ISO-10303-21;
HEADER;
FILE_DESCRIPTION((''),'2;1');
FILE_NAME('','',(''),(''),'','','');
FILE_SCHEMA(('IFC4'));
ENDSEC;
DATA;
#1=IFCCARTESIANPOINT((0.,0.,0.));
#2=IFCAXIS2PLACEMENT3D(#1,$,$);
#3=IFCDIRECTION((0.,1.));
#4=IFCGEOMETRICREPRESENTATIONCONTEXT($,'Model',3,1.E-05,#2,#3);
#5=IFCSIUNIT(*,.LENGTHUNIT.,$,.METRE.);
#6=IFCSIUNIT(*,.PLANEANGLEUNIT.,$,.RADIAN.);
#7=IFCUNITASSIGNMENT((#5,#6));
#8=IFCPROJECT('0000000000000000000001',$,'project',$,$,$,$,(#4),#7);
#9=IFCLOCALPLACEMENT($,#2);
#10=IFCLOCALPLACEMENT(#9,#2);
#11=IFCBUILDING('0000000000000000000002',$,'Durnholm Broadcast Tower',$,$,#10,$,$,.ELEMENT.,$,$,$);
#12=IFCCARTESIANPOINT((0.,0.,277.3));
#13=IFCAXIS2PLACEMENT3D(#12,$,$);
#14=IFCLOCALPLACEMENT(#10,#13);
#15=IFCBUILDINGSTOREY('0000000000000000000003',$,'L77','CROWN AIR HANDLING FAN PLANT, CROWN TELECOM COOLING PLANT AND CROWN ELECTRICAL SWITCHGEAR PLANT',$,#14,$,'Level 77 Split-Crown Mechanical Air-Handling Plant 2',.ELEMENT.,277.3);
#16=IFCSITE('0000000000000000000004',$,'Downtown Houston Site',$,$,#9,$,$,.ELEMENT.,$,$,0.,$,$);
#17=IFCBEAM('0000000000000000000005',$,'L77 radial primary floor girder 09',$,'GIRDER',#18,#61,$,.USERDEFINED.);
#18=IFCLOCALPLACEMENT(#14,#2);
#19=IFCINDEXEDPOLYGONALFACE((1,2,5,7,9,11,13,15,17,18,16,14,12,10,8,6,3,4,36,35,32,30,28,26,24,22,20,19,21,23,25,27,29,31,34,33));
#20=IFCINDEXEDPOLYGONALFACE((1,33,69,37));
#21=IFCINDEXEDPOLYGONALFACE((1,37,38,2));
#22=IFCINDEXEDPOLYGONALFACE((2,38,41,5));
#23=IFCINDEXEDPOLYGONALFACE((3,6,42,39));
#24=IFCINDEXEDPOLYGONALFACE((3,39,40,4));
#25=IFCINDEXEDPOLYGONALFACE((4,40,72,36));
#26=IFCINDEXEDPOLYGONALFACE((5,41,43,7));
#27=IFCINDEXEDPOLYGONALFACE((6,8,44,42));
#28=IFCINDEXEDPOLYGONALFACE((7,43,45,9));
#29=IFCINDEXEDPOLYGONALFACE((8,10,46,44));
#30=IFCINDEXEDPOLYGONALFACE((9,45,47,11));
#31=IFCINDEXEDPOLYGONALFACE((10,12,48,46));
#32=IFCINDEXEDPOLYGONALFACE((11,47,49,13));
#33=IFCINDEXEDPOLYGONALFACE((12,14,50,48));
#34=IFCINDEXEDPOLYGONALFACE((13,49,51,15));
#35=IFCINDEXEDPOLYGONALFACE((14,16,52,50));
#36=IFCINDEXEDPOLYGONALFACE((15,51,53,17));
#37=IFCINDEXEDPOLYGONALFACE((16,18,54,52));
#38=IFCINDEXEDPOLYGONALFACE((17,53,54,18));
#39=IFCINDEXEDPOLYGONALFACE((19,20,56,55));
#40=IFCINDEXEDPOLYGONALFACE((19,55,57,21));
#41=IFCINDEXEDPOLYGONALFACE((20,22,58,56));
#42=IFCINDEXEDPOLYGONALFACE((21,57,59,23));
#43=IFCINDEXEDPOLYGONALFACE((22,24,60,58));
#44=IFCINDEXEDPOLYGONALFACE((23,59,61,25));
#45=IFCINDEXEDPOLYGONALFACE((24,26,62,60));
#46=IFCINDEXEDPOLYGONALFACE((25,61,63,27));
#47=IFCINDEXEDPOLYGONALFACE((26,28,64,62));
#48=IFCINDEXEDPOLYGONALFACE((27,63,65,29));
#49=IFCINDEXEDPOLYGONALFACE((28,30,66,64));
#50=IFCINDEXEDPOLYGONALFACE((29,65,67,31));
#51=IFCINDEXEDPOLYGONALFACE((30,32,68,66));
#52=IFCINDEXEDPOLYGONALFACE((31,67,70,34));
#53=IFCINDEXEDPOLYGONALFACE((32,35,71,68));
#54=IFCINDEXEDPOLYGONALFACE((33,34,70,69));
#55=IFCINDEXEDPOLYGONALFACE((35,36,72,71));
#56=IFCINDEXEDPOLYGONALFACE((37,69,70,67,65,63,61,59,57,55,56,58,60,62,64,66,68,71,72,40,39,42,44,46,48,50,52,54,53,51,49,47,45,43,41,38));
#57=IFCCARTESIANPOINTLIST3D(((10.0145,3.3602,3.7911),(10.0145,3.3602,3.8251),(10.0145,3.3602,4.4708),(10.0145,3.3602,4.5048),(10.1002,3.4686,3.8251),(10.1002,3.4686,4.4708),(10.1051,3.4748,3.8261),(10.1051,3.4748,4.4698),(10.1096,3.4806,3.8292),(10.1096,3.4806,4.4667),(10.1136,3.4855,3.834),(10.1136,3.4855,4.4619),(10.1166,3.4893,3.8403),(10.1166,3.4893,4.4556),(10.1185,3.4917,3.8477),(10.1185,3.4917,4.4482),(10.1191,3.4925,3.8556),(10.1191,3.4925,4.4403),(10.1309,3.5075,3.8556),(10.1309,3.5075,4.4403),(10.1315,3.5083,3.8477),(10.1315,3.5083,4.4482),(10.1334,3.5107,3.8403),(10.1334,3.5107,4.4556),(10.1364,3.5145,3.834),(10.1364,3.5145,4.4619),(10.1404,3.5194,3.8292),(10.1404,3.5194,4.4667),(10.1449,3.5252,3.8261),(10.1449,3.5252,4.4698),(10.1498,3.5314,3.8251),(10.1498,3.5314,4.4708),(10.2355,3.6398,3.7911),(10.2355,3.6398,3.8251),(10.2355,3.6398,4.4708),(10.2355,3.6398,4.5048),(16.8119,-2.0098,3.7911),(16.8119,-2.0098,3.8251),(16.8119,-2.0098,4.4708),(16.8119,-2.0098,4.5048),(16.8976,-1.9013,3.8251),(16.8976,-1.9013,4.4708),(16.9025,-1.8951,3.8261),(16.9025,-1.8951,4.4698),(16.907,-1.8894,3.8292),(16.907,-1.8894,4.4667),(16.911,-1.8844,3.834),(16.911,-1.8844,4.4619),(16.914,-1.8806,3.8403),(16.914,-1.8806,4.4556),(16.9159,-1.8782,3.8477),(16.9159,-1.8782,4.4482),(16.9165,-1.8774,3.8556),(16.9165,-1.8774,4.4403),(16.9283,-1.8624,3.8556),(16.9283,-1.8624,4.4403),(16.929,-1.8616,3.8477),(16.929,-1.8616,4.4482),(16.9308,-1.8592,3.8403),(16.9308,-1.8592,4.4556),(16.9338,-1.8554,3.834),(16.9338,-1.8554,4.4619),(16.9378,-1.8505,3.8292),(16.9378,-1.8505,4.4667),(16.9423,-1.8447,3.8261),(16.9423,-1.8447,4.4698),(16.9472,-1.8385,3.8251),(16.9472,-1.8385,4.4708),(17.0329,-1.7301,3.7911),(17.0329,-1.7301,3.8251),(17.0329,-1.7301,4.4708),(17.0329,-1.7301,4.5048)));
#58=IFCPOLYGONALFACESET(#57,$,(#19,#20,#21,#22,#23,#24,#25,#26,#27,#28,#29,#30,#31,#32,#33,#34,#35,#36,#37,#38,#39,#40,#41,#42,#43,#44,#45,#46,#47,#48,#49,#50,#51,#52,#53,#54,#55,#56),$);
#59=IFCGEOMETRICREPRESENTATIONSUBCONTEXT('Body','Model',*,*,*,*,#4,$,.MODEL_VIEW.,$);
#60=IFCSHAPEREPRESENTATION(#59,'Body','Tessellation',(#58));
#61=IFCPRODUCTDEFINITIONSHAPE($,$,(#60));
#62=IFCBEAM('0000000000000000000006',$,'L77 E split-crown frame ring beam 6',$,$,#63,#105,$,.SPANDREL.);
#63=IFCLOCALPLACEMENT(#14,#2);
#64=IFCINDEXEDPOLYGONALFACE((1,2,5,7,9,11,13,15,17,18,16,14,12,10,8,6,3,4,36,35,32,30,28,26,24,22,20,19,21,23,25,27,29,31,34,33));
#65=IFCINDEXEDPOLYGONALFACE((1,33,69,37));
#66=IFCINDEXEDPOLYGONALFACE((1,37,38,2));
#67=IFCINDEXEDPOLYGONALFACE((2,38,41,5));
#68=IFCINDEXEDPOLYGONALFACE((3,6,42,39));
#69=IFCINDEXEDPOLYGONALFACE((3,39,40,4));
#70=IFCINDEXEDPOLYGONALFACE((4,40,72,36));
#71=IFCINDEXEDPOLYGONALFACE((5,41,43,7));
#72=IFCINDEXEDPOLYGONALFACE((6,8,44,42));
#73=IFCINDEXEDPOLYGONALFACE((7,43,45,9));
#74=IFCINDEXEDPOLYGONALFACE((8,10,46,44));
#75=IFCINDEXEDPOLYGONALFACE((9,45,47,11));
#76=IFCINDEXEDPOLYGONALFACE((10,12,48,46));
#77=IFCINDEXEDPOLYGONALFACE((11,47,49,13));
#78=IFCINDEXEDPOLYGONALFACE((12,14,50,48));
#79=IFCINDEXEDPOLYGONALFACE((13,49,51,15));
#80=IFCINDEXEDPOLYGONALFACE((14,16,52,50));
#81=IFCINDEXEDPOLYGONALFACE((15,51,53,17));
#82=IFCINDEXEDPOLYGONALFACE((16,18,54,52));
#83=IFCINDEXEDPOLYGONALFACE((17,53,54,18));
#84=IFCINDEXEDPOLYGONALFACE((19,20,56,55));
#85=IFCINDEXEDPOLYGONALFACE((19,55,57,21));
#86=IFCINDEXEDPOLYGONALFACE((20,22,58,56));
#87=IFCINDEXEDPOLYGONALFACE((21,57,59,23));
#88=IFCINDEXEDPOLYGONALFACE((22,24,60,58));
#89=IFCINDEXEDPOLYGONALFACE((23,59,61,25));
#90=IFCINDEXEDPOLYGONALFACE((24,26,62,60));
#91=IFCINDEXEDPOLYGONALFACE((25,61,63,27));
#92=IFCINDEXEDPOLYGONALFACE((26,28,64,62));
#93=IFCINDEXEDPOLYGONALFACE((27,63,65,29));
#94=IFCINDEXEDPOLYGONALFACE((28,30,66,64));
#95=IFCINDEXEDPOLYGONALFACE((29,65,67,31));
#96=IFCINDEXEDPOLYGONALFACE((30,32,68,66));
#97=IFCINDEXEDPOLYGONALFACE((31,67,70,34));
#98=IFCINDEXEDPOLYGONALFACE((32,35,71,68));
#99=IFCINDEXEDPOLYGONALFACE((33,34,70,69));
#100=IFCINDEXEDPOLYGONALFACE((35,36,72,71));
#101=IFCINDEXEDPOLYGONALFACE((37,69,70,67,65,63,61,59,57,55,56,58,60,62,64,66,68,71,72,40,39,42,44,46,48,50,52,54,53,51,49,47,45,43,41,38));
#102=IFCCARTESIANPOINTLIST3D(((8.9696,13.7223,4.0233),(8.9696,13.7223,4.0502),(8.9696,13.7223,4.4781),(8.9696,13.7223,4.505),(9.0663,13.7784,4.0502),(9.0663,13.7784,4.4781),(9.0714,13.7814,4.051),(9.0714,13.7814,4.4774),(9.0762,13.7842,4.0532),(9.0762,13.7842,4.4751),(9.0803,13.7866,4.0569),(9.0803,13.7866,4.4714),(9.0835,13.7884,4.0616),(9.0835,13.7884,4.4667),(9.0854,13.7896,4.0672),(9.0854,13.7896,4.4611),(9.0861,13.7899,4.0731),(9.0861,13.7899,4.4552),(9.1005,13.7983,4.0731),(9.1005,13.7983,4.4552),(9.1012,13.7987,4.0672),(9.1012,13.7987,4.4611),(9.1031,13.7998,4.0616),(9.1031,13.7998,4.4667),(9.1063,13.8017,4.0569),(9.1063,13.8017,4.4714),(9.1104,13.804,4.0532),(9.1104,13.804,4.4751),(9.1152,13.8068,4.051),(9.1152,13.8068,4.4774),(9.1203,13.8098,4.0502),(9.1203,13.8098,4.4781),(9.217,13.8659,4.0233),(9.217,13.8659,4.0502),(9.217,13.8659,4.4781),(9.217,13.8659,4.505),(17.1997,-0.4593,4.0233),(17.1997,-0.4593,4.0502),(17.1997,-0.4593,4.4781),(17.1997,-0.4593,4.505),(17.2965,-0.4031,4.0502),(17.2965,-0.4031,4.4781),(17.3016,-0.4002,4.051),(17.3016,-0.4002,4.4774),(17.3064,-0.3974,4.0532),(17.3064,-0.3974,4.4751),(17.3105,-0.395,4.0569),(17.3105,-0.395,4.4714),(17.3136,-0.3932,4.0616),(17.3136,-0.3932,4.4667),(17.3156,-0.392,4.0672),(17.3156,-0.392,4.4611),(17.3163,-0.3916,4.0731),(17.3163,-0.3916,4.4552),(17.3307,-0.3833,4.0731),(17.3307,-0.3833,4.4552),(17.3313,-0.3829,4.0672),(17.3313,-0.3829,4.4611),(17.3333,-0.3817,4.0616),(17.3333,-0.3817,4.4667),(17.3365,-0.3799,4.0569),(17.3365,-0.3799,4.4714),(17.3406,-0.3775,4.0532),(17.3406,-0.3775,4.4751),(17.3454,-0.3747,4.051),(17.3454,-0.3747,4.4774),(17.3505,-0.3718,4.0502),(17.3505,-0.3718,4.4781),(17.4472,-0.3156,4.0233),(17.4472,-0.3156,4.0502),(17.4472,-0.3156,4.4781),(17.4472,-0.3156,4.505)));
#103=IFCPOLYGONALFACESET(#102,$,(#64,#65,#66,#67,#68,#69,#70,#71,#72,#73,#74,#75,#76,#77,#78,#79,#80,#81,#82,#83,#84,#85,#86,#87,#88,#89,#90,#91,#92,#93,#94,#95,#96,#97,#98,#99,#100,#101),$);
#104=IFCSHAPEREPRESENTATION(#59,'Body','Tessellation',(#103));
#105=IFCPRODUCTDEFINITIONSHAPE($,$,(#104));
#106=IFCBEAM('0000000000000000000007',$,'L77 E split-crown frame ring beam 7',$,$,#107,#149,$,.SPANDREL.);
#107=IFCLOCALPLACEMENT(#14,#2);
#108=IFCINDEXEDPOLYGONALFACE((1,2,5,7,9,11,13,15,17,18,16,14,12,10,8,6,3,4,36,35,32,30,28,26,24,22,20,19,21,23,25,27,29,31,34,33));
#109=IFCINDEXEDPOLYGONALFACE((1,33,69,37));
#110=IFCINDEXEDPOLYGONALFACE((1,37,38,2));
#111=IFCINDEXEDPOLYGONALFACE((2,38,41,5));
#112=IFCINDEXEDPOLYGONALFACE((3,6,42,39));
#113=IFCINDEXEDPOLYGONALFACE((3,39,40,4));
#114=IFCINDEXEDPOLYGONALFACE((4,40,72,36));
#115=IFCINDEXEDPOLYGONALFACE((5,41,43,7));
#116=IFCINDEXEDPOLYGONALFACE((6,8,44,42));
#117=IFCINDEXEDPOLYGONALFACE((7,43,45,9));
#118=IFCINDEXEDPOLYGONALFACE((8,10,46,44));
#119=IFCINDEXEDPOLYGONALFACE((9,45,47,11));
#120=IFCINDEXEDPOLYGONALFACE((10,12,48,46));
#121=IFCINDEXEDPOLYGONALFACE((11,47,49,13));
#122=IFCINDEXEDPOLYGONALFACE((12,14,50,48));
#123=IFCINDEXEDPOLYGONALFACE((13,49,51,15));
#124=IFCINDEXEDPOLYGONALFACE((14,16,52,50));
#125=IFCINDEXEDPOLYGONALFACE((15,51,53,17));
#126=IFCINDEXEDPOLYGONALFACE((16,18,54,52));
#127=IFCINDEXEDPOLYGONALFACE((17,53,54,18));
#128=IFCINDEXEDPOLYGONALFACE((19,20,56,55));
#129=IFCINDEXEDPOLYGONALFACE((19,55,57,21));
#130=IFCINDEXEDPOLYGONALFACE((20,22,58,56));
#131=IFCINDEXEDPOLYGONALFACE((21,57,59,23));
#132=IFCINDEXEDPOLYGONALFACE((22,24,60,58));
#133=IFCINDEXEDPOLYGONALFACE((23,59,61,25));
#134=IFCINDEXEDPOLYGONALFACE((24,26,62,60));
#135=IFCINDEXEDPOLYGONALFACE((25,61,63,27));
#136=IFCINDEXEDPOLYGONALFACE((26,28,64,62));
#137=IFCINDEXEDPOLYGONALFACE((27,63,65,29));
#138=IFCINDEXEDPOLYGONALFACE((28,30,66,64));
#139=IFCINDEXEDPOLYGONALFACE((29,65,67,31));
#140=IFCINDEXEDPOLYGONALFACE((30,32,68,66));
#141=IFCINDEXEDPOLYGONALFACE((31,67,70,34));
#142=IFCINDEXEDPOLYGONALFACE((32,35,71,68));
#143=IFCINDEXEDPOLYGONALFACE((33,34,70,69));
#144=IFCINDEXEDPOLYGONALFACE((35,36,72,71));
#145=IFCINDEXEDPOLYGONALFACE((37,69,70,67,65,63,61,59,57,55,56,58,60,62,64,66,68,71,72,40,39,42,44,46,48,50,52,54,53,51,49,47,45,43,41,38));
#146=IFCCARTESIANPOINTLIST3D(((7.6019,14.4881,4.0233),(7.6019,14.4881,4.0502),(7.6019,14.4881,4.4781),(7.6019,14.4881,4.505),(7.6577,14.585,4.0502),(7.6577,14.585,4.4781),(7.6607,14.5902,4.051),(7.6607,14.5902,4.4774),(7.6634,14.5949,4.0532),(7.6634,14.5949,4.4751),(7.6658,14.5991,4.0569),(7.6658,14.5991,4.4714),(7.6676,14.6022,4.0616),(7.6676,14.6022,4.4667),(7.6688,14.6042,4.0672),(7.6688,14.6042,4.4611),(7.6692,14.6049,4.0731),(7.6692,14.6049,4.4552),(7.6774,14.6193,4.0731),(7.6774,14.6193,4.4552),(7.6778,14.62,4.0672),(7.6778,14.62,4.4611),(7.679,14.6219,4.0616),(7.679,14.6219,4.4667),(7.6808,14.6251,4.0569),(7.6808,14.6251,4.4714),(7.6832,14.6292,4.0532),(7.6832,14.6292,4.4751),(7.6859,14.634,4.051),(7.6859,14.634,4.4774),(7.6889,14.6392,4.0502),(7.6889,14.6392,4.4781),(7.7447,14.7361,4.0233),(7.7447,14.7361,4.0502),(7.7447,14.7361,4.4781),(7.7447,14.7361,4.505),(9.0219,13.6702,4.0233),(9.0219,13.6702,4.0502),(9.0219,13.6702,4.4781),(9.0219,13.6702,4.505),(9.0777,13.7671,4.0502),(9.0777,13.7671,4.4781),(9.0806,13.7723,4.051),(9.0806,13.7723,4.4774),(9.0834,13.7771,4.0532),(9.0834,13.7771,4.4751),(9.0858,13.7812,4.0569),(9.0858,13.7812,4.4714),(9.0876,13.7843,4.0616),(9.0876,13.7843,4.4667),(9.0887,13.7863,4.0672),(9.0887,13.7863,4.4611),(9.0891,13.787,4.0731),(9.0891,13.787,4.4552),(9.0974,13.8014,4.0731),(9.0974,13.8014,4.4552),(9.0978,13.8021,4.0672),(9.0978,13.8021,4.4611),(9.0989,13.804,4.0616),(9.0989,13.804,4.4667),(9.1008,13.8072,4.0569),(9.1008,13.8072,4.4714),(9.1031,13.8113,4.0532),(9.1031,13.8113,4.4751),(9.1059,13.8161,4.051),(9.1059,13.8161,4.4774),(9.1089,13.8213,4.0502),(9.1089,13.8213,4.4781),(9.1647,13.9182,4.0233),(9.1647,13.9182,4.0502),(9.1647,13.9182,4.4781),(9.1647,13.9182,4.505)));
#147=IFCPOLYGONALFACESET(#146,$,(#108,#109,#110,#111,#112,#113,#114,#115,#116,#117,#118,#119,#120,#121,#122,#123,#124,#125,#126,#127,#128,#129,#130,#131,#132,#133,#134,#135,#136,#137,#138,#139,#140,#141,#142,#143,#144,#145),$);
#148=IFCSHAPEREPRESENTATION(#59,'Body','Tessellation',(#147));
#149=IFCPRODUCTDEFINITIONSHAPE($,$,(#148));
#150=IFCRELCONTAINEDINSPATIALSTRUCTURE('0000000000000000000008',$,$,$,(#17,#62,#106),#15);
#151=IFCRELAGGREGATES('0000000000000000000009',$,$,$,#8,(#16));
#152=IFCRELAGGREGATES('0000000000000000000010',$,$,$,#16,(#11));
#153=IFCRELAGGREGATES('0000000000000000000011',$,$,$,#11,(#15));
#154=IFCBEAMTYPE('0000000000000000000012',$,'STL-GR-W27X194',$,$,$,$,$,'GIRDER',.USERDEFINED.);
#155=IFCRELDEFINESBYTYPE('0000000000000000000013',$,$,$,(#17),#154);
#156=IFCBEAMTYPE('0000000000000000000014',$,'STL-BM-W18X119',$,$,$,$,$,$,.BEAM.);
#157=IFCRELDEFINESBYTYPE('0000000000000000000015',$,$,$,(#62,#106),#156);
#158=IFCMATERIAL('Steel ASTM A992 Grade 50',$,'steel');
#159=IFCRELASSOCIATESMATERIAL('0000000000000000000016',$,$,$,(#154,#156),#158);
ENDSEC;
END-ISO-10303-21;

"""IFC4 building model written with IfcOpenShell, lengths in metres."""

from ifc_helpers import new_model, si_unit, direction, frame, origin, origin_2d, place, context, subcontext, project, spatial, i_section, extrude, source, transform, mapped, material, material_profile, profile_set, type_object, element, save


model = new_model("IFC4")

# Units and contexts
model_context = context("Model", 3, precision=1e-05, world=origin(), true_north=direction((0.0, 1.0)))
body_context = subcontext(model_context, "Body", "Model", "MODEL_VIEW")
ifc_project = project(units=[si_unit("LENGTHUNIT", "METRE"), si_unit("PLANEANGLEUNIT", "RADIAN")], contexts=[model_context])

# Site, building, storey
site_placement = place(None, origin())
site = spatial("IfcSite", under=ifc_project, at=site_placement, Name="Downtown Houston Site", CompositionType="ELEMENT", RefElevation=0.0)
building_placement = place(site_placement, origin())
building = spatial("IfcBuilding", under=site, at=building_placement, Name="Durnholm Broadcast Tower", CompositionType="ELEMENT")
storey_placement = place(building_placement, frame((0.0, 0.0, 277.3)))
storey = spatial("IfcBuildingStorey", under=building, at=storey_placement, Name="L77", Description="CROWN AIR HANDLING FAN PLANT, CROWN TELECOM COOLING PLANT AND CROWN ELECTRICAL SWITCHGEAR PLANT", LongName="Level 77 Split-Crown Mechanical Air-Handling Plant 2", CompositionType="ELEMENT", Elevation=277.3)

# Beams
ifc_material_1 = material(Name="Steel ASTM A992 Grade 50", Category="steel")
ifc_material_profile_1 = material_profile(ifc_material_1, i_section(OverallWidth=0.3564, OverallDepth=0.7136, WebThickness=0.019, FlangeThickness=0.0339, FilletRadius=0.0305, at=origin_2d()), Name="W27X194")
ifc_profile_set_1 = profile_set([ifc_material_profile_1], Name="Steel ASTM A992 Grade 50")
beam_type_1 = type_object("IfcBeamType", Name="STL-GR-W27X194", ElementType="GIRDER", PredefinedType="USERDEFINED", material=ifc_profile_set_1)
shared_shape_1 = source(origin(), body_context, "Body", "SweptSolid", [
    extrude(i_section(OverallWidth=0.3564, OverallDepth=0.7136, WebThickness=0.019, FlangeThickness=0.0339, FilletRadius=0.0305, at=origin_2d()), origin(), (0.0, 0.0, 1.0), 8.6626),
])
beam_1_placement = place(storey_placement, frame((10.125, 3.5, 4.1479), z_axis=(0.784684, -0.619896, 0.0), x_axis=(0.619896, 0.784684, 0.0)))
element("IfcBeam", 1, at=beam_1_placement, inside=storey, type_object=beam_type_1, Name="L77 radial primary floor girder 09", ObjectType="GIRDER", PredefinedType="USERDEFINED", context=body_context, shape_type="MappedRepresentation", body=[
    mapped(shared_shape_1, transform((0.0, 0.0, 0.0), x_axis=(1.0, 0.0, 0.0), y_axis=(0.0, 1.0, 0.0), z_axis=(0.0, 0.0, 1.0), scale=1.0)),
])
ifc_material_profile_2 = material_profile(ifc_material_1, i_section(OverallWidth=0.2861, OverallDepth=0.4817, WebThickness=0.0166, FlangeThickness=0.0269, FilletRadius=0.0229, at=origin_2d()), Name="W18X119")
ifc_profile_set_2 = profile_set([ifc_material_profile_2], Name="Steel ASTM A992 Grade 50")
beam_type_2 = type_object("IfcBeamType", Name="STL-BM-W18X119", PredefinedType="BEAM", material=ifc_profile_set_2)
shared_shape_2 = source(origin(), body_context, "Body", "SweptSolid", [
    extrude(i_section(OverallWidth=0.2861, OverallDepth=0.4817, WebThickness=0.0166, FlangeThickness=0.0269, FilletRadius=0.0229, at=origin_2d()), origin(), (0.0, 0.0, 1.0), 16.3967),
])
beam_2_placement = place(storey_placement, frame((17.3235, -0.3875, 4.2642), z_axis=(-0.50194, 0.864902, 0.0), x_axis=(-0.864902, -0.50194, 0.0)))
element("IfcBeam", 2, at=beam_2_placement, inside=storey, type_object=beam_type_2, Name="L77 E split-crown frame ring beam 6", PredefinedType="SPANDREL", context=body_context, shape_type="MappedRepresentation", body=[
    mapped(shared_shape_2, transform((0.0, 0.0, 0.0), x_axis=(1.0, 0.0, 0.0), y_axis=(0.0, 1.0, 0.0), z_axis=(0.0, 0.0, 1.0), scale=1.0)),
])
shared_shape_3 = source(origin(), body_context, "Body", "SweptSolid", [
    extrude(i_section(OverallWidth=0.2861, OverallDepth=0.4817, WebThickness=0.0166, FlangeThickness=0.0269, FilletRadius=0.0229, at=origin_2d()), origin(), (0.0, 0.0, 1.0), 1.6387),
])
beam_3_placement = place(storey_placement, frame((9.0933, 13.7942, 4.2642), z_axis=(-0.866533, 0.49912, 0.0), x_axis=(-0.49912, -0.866533, 0.0)))
element("IfcBeam", 3, at=beam_3_placement, inside=storey, type_object=beam_type_2, Name="L77 E split-crown frame ring beam 7", PredefinedType="SPANDREL", context=body_context, shape_type="MappedRepresentation", body=[
    mapped(shared_shape_3, transform((0.0, 0.0, 0.0), x_axis=(1.0, 0.0, 0.0), y_axis=(0.0, 1.0, 0.0), z_axis=(0.0, 0.0, 1.0), scale=1.0)),
])

save(model, "model.ifc")
